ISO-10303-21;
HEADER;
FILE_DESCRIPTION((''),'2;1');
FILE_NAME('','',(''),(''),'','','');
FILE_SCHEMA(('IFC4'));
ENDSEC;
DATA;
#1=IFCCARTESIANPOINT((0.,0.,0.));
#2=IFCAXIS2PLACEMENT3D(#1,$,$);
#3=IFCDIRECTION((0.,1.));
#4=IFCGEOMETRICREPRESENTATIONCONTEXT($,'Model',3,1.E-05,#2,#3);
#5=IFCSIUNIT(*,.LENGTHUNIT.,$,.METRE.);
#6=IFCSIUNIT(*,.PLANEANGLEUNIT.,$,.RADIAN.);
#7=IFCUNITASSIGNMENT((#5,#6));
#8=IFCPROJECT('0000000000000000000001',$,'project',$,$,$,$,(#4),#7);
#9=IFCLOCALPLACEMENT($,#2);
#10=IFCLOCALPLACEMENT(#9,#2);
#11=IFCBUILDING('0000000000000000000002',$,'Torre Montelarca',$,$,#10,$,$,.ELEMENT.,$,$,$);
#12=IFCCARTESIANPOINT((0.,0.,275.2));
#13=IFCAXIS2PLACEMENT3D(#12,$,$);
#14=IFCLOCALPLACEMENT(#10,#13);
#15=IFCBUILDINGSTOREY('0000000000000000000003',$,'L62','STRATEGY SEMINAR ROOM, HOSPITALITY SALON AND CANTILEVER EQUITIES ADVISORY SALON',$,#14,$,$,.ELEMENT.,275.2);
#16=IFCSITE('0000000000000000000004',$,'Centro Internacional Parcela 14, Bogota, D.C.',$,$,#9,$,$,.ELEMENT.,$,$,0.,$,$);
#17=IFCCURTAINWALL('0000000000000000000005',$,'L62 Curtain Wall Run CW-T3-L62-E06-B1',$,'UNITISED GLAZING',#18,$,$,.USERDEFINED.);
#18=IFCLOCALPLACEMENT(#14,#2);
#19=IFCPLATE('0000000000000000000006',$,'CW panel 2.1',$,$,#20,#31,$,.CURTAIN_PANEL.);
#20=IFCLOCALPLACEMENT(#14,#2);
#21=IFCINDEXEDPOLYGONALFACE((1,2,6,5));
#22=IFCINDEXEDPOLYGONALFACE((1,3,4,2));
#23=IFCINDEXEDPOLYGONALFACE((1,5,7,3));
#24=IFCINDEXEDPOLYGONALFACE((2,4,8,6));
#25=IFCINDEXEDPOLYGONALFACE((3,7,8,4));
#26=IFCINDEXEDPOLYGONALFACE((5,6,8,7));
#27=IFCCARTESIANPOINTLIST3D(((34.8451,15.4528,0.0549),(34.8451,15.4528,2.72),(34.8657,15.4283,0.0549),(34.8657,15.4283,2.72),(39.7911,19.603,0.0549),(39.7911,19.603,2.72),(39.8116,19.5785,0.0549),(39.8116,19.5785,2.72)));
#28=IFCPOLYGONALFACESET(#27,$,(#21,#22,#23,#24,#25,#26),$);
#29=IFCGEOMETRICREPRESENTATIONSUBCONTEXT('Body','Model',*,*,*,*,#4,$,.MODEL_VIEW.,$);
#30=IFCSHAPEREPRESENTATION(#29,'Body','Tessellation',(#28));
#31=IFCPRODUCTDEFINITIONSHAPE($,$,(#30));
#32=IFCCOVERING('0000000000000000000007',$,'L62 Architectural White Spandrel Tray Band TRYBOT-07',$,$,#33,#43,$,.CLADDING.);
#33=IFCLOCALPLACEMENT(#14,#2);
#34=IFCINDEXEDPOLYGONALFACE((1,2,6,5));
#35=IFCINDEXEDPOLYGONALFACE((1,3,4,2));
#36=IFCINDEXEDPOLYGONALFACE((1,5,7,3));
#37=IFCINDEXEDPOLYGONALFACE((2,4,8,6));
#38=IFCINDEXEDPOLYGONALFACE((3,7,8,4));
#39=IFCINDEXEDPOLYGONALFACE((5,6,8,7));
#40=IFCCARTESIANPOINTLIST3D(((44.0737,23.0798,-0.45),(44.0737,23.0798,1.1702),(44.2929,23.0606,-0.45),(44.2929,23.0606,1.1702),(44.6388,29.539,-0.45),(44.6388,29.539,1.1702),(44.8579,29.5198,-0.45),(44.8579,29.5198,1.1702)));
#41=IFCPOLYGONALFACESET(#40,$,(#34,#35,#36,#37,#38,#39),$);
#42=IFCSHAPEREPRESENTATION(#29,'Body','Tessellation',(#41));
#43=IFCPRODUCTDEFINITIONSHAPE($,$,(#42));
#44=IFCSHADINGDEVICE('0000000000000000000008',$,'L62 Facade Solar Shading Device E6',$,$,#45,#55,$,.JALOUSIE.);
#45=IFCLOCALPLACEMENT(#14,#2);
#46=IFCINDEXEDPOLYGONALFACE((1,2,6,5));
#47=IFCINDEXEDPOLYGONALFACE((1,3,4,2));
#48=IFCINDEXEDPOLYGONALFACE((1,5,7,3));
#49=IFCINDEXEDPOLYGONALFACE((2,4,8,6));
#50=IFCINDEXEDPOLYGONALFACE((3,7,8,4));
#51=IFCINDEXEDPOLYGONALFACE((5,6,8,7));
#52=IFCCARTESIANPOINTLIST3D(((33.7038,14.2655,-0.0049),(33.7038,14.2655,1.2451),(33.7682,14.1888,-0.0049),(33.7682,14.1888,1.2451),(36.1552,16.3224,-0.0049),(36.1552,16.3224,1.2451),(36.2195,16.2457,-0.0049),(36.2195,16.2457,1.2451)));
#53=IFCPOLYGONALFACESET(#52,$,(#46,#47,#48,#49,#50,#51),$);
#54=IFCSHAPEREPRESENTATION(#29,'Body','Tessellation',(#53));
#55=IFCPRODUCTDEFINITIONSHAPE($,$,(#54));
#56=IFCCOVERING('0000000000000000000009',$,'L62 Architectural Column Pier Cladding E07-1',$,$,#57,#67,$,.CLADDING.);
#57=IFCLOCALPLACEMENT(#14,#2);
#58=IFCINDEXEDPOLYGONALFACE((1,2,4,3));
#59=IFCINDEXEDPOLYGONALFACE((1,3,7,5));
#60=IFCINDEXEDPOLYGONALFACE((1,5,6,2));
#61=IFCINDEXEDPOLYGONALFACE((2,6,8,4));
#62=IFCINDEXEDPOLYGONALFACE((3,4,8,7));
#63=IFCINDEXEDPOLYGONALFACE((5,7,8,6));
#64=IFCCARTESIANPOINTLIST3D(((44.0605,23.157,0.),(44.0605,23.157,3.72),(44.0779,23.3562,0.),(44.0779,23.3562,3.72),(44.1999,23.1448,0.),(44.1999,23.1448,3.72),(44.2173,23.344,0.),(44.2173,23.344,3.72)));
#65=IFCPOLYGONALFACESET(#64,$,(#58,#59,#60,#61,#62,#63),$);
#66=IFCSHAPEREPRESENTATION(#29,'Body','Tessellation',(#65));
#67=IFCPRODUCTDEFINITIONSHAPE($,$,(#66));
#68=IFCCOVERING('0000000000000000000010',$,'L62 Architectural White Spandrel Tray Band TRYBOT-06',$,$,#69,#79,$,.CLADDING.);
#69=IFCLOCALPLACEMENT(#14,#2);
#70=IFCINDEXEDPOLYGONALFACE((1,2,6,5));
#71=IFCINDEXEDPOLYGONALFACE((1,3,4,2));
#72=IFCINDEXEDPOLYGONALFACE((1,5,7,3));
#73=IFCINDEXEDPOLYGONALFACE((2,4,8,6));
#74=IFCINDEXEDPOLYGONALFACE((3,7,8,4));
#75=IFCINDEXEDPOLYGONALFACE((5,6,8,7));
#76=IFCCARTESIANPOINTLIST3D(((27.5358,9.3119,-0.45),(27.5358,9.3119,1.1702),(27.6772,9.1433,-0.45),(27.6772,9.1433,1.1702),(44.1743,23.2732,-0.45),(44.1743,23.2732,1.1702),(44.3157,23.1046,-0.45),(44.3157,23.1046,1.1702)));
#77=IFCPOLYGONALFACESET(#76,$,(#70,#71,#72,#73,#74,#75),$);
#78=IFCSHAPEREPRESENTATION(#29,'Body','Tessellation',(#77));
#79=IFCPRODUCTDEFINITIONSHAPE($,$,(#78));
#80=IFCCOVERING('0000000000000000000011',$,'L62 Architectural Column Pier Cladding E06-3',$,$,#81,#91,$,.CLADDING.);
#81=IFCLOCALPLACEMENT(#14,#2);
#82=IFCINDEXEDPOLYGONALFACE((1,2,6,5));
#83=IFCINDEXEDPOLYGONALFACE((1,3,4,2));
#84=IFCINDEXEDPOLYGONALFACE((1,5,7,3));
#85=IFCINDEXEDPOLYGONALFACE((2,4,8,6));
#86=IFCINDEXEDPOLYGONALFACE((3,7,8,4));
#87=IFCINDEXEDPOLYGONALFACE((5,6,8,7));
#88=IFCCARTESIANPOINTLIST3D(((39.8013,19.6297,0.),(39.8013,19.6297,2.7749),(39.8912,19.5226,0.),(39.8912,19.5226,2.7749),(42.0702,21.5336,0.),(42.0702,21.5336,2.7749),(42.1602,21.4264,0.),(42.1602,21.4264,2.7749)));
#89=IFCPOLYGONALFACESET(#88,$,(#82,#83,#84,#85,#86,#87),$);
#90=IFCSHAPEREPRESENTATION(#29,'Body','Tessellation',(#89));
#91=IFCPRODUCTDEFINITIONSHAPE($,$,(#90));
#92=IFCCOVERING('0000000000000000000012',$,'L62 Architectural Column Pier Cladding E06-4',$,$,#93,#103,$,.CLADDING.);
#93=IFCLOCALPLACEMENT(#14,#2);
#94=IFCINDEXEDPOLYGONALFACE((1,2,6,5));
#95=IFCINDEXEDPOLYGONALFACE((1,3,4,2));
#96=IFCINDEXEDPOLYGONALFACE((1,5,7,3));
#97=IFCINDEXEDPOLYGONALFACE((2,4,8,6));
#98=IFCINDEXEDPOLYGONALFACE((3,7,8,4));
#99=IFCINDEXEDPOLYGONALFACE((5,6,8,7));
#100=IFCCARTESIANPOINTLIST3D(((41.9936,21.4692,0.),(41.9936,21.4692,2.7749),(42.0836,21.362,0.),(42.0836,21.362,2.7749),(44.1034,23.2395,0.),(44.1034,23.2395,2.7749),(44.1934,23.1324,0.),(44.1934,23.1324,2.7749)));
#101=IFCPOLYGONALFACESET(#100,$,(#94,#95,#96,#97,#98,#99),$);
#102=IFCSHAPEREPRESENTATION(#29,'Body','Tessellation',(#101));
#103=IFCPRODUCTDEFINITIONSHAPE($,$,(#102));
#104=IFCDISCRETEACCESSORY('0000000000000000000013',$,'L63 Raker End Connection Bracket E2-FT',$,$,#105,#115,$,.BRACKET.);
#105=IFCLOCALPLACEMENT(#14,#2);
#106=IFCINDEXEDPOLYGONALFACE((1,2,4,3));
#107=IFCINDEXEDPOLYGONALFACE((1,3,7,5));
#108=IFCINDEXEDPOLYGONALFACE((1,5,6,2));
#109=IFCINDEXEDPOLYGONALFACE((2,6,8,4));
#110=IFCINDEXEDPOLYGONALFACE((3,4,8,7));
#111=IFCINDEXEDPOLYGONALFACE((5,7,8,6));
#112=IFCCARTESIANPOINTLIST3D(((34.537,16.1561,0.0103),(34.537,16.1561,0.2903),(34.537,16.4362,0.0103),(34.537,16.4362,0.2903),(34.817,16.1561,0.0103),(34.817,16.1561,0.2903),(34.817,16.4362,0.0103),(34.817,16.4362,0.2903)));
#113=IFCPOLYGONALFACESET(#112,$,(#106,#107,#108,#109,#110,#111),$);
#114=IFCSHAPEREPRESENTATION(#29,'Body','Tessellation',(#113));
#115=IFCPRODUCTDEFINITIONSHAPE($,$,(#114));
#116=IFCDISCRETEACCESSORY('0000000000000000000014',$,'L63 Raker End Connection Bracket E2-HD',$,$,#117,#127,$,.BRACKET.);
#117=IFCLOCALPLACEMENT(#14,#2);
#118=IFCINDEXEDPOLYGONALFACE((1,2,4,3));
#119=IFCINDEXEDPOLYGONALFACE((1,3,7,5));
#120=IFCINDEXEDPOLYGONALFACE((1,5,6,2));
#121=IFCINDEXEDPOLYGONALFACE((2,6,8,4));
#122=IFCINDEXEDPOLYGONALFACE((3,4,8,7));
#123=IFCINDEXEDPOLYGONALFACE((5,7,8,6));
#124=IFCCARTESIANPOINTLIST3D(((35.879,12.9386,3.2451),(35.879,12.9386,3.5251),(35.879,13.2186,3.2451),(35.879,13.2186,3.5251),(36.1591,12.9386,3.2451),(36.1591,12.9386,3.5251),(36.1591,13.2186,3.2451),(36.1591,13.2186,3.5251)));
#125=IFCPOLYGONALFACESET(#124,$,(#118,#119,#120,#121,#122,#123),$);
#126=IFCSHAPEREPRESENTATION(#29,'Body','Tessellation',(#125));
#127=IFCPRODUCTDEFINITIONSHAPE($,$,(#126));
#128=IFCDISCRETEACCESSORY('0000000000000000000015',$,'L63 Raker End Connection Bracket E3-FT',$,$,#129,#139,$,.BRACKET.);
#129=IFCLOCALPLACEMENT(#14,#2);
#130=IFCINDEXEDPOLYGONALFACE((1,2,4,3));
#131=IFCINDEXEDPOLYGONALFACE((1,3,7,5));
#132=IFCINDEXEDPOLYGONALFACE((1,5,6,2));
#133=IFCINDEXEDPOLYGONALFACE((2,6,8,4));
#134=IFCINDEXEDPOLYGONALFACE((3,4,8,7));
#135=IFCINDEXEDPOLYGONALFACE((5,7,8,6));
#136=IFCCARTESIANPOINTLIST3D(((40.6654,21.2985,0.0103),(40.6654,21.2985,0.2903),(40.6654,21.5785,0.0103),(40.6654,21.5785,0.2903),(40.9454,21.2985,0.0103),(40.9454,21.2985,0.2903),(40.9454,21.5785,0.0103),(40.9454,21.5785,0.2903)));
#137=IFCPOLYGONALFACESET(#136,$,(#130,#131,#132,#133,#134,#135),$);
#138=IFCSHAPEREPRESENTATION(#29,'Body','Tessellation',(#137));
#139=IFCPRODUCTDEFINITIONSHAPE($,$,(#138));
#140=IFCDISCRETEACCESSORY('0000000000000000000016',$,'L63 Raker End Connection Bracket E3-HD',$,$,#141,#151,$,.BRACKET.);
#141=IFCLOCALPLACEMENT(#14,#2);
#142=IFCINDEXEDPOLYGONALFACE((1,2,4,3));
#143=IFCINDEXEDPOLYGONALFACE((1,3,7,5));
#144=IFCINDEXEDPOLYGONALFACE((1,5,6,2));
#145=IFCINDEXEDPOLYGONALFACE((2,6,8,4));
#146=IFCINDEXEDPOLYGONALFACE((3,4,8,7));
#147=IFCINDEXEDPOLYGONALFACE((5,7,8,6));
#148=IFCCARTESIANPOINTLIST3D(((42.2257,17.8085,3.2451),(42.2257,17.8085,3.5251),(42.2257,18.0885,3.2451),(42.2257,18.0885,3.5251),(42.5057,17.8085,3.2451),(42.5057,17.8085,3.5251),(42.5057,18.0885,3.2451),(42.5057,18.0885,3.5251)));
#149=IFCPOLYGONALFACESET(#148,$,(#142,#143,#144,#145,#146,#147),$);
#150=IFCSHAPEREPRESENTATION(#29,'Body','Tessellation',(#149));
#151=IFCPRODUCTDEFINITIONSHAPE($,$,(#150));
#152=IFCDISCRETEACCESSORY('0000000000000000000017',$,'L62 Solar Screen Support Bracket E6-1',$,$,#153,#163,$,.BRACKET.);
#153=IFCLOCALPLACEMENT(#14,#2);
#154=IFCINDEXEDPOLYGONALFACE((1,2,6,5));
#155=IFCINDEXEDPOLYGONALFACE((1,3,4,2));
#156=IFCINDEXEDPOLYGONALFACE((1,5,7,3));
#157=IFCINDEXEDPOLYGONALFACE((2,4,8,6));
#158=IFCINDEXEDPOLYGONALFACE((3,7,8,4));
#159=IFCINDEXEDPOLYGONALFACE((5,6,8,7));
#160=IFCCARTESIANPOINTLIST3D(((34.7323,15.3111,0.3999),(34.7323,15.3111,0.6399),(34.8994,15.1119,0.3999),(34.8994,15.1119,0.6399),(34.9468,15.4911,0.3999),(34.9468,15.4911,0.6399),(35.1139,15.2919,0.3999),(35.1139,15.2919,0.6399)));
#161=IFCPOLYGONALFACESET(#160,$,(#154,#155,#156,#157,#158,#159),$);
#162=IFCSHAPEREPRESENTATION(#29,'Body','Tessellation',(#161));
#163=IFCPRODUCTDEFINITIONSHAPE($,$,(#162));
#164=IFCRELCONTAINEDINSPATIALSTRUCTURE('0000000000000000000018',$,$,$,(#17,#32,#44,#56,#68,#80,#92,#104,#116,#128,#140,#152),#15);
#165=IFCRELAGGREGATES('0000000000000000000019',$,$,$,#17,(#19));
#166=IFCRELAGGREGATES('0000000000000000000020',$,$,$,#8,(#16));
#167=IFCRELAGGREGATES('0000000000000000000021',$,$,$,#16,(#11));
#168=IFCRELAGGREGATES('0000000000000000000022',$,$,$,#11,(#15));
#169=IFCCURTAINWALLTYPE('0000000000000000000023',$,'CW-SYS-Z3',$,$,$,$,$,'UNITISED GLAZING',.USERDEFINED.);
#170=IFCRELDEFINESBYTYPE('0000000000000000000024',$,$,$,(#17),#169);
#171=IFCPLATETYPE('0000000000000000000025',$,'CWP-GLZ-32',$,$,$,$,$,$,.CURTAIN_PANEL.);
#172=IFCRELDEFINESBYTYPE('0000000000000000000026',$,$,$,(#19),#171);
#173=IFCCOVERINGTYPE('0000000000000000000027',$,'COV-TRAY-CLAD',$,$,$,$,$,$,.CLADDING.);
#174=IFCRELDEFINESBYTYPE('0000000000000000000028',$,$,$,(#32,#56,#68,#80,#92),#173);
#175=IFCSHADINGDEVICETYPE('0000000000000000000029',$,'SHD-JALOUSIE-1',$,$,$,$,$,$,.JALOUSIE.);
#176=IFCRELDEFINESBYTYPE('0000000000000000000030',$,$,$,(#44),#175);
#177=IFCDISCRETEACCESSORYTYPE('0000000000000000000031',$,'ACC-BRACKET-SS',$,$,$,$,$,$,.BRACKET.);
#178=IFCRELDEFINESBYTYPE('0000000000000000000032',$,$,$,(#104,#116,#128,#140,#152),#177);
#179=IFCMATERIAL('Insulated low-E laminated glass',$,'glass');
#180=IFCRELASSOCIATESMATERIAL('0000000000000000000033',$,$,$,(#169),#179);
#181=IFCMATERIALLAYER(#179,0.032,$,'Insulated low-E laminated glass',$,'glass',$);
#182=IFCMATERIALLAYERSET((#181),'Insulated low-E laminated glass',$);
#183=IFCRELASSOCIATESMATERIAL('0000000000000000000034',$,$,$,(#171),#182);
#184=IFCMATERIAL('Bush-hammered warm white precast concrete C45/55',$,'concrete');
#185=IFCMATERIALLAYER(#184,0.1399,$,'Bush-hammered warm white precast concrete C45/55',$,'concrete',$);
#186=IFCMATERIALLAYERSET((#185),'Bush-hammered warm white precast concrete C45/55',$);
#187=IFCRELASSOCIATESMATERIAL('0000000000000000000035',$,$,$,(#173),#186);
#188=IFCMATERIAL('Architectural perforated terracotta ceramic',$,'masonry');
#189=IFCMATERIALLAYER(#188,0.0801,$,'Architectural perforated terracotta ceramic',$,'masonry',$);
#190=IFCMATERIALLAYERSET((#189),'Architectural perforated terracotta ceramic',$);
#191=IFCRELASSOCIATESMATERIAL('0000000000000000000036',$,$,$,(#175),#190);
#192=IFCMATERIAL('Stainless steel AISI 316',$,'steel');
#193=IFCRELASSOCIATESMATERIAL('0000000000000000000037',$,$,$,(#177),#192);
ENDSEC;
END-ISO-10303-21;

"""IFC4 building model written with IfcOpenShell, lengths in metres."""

from ifc_helpers import new_model, si_unit, direction, frame, origin, origin_2d, place, context, subcontext, project, spatial, rectangle, extrude, source, transform, mapped, material, layer, layer_set, type_object, element, aggregate, save


model = new_model("IFC4")

# Units and contexts
model_context = context("Model", 3, precision=1e-05, world=origin(), true_north=direction((0.0, 1.0)))
body_context = subcontext(model_context, "Body", "Model", "MODEL_VIEW")
ifc_project = project(units=[si_unit("LENGTHUNIT", "METRE"), si_unit("PLANEANGLEUNIT", "RADIAN")], contexts=[model_context])

# Site, building, storey
site_placement = place(None, origin())
site = spatial("IfcSite", under=ifc_project, at=site_placement, Name="Centro Internacional Parcela 14, Bogota, D.C.", CompositionType="ELEMENT", RefElevation=0.0)
building_placement = place(site_placement, origin())
building = spatial("IfcBuilding", under=site, at=building_placement, Name="Torre Montelarca", CompositionType="ELEMENT")
storey_placement = place(building_placement, frame((0.0, 0.0, 275.2)))
storey = spatial("IfcBuildingStorey", under=building, at=storey_placement, Name="L62", Description="STRATEGY SEMINAR ROOM, HOSPITALITY SALON AND CANTILEVER EQUITIES ADVISORY SALON", CompositionType="ELEMENT", Elevation=275.2)

# Curtain wall
ifc_material_1 = material(Name="Insulated low-E laminated glass", Category="glass")
curtain_wall_type = type_object("IfcCurtainWallType", Name="CW-SYS-Z3", ElementType="UNITISED GLAZING", PredefinedType="USERDEFINED", material=ifc_material_1)
curtain_wall_1_placement = place(storey_placement, origin())
curtain_wall_1 = element("IfcCurtainWall", 1, at=curtain_wall_1_placement, inside=storey, type_object=curtain_wall_type, Name="L62 Curtain Wall Run CW-T3-L62-E06-B1", ObjectType="UNITISED GLAZING", PredefinedType="USERDEFINED")

# Plate
ifc_material_2 = material(Name="Architectural perforated terracotta ceramic", Category="masonry")
ifc_layer_1 = layer(ifc_material_1, 0.032, Name="Insulated low-E laminated glass", Category="glass")
ifc_layer_set_1 = layer_set([ifc_layer_1], Name="Insulated low-E laminated glass")
plate_type_1 = type_object("IfcPlateType", Name="CWP-GLZ-32", PredefinedType="CURTAIN_PANEL", material=ifc_layer_set_1)
shared_shape_1 = source(origin(), body_context, "Body", "SweptSolid", [
    extrude(rectangle(XDim=6.4565, YDim=0.032, at=origin_2d()), origin(), (0.0, 0.0, 1.0), 2.665),
])
plate_1_placement = place(storey_placement, frame((37.3284, 17.5156, 0.0549), z_axis=(0.0, 0.0, 1.0), x_axis=(0.766043, 0.64279, 0.0)))
plate_1 = element("IfcPlate", 2, at=plate_1_placement, type_object=plate_type_1, Name="CW panel 2.1", PredefinedType="CURTAIN_PANEL", context=body_context, shape_type="MappedRepresentation", body=[
    mapped(shared_shape_1, transform((0.0, 0.0, 0.0), scale=1.0)),
])
aggregate(curtain_wall_1, [plate_1])

# Covering
ifc_material_3 = material(Name="Bush-hammered warm white precast concrete C45/55", Category="concrete")
ifc_layer_2 = layer(ifc_material_3, 0.1399, Name="Bush-hammered warm white precast concrete C45/55", Category="concrete")
ifc_layer_set_2 = layer_set([ifc_layer_2], Name="Bush-hammered warm white precast concrete C45/55")
covering_type = type_object("IfcCoveringType", Name="COV-TRAY-CLAD", PredefinedType="CLADDING", material=ifc_layer_set_2)
shared_shape_2 = source(origin(), body_context, "Body", "SweptSolid", [
    extrude(rectangle(XDim=6.4839, YDim=0.22, at=origin_2d()), origin(), (0.0, 0.0, 1.0), 1.6201),
])
covering_1_placement = place(storey_placement, frame((44.4658, 26.2998, -0.45), z_axis=(0.0, 0.0, 1.0), x_axis=(0.087147, 0.996195, 0.0)))
element("IfcCovering", 3, at=covering_1_placement, inside=storey, type_object=covering_type, Name="L62 Architectural White Spandrel Tray Band TRYBOT-07", PredefinedType="CLADDING", context=body_context, shape_type="MappedRepresentation", body=[
    mapped(shared_shape_2, transform((0.0, 0.0, 0.0), scale=1.0)),
])

# Shading device
ifc_layer_3 = layer(ifc_material_2, 0.0801, Name="Architectural perforated terracotta ceramic", Category="masonry")
ifc_layer_set_3 = layer_set([ifc_layer_3], Name="Architectural perforated terracotta ceramic")
shading_device_type = type_object("IfcShadingDeviceType", Name="SHD-JALOUSIE-1", PredefinedType="JALOUSIE", material=ifc_layer_set_3)
shared_shape_3 = source(origin(), body_context, "Body", "SweptSolid", [
    extrude(rectangle(XDim=3.2, YDim=0.1001, at=origin_2d()), origin(), (0.0, 0.0, 1.0), 1.25),
])
shading_device_placement = place(storey_placement, frame((34.9617, 15.2556, -0.0049), z_axis=(0.0, 0.0, 1.0), x_axis=(0.766046, 0.642786, 0.0)))
element("IfcShadingDevice", 4, at=shading_device_placement, inside=storey, type_object=shading_device_type, Name="L62 Facade Solar Shading Device E6", PredefinedType="JALOUSIE", context=body_context, shape_type="MappedRepresentation", body=[
    mapped(shared_shape_3, transform((0.0, 0.0, 0.0), scale=1.0)),
])

# Coverings
shared_shape_4 = source(origin(), body_context, "Body", "SweptSolid", [
    extrude(rectangle(XDim=0.2, YDim=0.1399, at=origin_2d()), origin(), (0.0, 0.0, 1.0), 3.72),
])
covering_2_placement = place(storey_placement, frame((44.1389, 23.2505, 0.0), z_axis=(0.0, 0.0, 1.0), x_axis=(0.087161, 0.996194, 0.0)))
element("IfcCovering", 5, at=covering_2_placement, inside=storey, type_object=covering_type, Name="L62 Architectural Column Pier Cladding E07-1", PredefinedType="CLADDING", context=body_context, shape_type="MappedRepresentation", body=[
    mapped(shared_shape_4, transform((0.0, 0.0, 0.0), scale=1.0)),
])
shared_shape_5 = source(origin(), body_context, "Body", "SweptSolid", [
    extrude(rectangle(XDim=21.72, YDim=0.22, at=origin_2d()), origin(), (0.0, 0.0, 1.0), 1.6201),
])
covering_3_placement = place(storey_placement, frame((35.9258, 16.2083, -0.45), z_axis=(0.0, 0.0, 1.0), x_axis=(0.766046, 0.642786, 0.0)))
element("IfcCovering", 6, at=covering_3_placement, inside=storey, type_object=covering_type, Name="L62 Architectural White Spandrel Tray Band TRYBOT-06", PredefinedType="CLADDING", context=body_context, shape_type="MappedRepresentation", body=[
    mapped(shared_shape_5, transform((0.0, 0.0, 0.0), scale=1.0)),
])
shared_shape_6 = source(origin(), body_context, "Body", "SweptSolid", [
    extrude(rectangle(XDim=2.9619, YDim=0.1399, at=origin_2d()), origin(), (0.0, 0.0, 1.0), 2.7749),
])
covering_4_placement = place(storey_placement, frame((40.9807, 20.5281, 0.0), z_axis=(0.0, 0.0, 1.0), x_axis=(0.766044, 0.642788, 0.0)))
element("IfcCovering", 7, at=covering_4_placement, inside=storey, type_object=covering_type, Name="L62 Architectural Column Pier Cladding E06-3", PredefinedType="CLADDING", context=body_context, shape_type="MappedRepresentation", body=[
    mapped(shared_shape_6, transform((0.0, 0.0, 0.0), scale=1.0)),
])
shared_shape_7 = source(origin(), body_context, "Body", "SweptSolid", [
    extrude(rectangle(XDim=2.7542, YDim=0.1399, at=origin_2d()), origin(), (0.0, 0.0, 1.0), 2.7749),
])
covering_5_placement = place(storey_placement, frame((43.0935, 22.3008, 0.0), z_axis=(0.0, 0.0, 1.0), x_axis=(0.766044, 0.642788, 0.0)))
element("IfcCovering", 8, at=covering_5_placement, inside=storey, type_object=covering_type, Name="L62 Architectural Column Pier Cladding E06-4", PredefinedType="CLADDING", context=body_context, shape_type="MappedRepresentation", body=[
    mapped(shared_shape_7, transform((0.0, 0.0, 0.0), scale=1.0)),
])

# Discrete accessories
ifc_material_4 = material(Name="Stainless steel AISI 316", Category="steel")
discrete_accessory_type = type_object("IfcDiscreteAccessoryType", Name="ACC-BRACKET-SS", PredefinedType="BRACKET", material=ifc_material_4)
shared_shape_8 = source(origin(), body_context, "Body", "SweptSolid", [
    extrude(rectangle(XDim=0.28, YDim=0.28, at=origin_2d()), origin(), (0.0, 0.0, 1.0), 0.28),
])
for number, where, z_axis, x_axis, name in (
    (9, (34.677, 16.2961, 0.0103), (0.0, 0.0, 1.0), (1.0, 0.0, 0.0), "L63 Raker End Connection Bracket E2-FT"),
    (10, (36.019, 13.0786, 3.2451), (0.0, 0.0, 1.0), (1.0, 0.0, 0.0), "L63 Raker End Connection Bracket E2-HD"),
    (11, (40.8054, 21.4385, 0.0103), (0.0, 0.0, 1.0), (1.0, 0.0, 0.0), "L63 Raker End Connection Bracket E3-FT"),
    (12, (42.3657, 17.9485, 3.2451), (0.0, 0.0, 1.0), (1.0, 0.0, 0.0), "L63 Raker End Connection Bracket E3-HD"),
):
    element("IfcDiscreteAccessory", number, at=place(storey_placement, frame(where, z_axis=z_axis, x_axis=x_axis)), inside=storey, type_object=discrete_accessory_type, Name=name, PredefinedType="BRACKET", context=body_context, shape_type="MappedRepresentation", body=[
        mapped(shared_shape_8, transform((0.0, 0.0, 0.0), scale=1.0)),
    ])
shared_shape_9 = source(origin(), body_context, "Body", "SweptSolid", [
    extrude(rectangle(XDim=0.28, YDim=0.26, at=origin_2d()), origin(), (0.0, 0.0, 1.0), 0.24),
])
discrete_accessory_placement = place(storey_placement, frame((34.9231, 15.3015, 0.3999), z_axis=(0.0, 0.0, 1.0), x_axis=(0.766046, 0.642786, 0.0)))
element("IfcDiscreteAccessory", 13, at=discrete_accessory_placement, inside=storey, type_object=discrete_accessory_type, Name="L62 Solar Screen Support Bracket E6-1", PredefinedType="BRACKET", context=body_context, shape_type="MappedRepresentation", body=[
    mapped(shared_shape_9, transform((0.0, 0.0, 0.0), scale=1.0)),
])

save(model, "model.ifc")
